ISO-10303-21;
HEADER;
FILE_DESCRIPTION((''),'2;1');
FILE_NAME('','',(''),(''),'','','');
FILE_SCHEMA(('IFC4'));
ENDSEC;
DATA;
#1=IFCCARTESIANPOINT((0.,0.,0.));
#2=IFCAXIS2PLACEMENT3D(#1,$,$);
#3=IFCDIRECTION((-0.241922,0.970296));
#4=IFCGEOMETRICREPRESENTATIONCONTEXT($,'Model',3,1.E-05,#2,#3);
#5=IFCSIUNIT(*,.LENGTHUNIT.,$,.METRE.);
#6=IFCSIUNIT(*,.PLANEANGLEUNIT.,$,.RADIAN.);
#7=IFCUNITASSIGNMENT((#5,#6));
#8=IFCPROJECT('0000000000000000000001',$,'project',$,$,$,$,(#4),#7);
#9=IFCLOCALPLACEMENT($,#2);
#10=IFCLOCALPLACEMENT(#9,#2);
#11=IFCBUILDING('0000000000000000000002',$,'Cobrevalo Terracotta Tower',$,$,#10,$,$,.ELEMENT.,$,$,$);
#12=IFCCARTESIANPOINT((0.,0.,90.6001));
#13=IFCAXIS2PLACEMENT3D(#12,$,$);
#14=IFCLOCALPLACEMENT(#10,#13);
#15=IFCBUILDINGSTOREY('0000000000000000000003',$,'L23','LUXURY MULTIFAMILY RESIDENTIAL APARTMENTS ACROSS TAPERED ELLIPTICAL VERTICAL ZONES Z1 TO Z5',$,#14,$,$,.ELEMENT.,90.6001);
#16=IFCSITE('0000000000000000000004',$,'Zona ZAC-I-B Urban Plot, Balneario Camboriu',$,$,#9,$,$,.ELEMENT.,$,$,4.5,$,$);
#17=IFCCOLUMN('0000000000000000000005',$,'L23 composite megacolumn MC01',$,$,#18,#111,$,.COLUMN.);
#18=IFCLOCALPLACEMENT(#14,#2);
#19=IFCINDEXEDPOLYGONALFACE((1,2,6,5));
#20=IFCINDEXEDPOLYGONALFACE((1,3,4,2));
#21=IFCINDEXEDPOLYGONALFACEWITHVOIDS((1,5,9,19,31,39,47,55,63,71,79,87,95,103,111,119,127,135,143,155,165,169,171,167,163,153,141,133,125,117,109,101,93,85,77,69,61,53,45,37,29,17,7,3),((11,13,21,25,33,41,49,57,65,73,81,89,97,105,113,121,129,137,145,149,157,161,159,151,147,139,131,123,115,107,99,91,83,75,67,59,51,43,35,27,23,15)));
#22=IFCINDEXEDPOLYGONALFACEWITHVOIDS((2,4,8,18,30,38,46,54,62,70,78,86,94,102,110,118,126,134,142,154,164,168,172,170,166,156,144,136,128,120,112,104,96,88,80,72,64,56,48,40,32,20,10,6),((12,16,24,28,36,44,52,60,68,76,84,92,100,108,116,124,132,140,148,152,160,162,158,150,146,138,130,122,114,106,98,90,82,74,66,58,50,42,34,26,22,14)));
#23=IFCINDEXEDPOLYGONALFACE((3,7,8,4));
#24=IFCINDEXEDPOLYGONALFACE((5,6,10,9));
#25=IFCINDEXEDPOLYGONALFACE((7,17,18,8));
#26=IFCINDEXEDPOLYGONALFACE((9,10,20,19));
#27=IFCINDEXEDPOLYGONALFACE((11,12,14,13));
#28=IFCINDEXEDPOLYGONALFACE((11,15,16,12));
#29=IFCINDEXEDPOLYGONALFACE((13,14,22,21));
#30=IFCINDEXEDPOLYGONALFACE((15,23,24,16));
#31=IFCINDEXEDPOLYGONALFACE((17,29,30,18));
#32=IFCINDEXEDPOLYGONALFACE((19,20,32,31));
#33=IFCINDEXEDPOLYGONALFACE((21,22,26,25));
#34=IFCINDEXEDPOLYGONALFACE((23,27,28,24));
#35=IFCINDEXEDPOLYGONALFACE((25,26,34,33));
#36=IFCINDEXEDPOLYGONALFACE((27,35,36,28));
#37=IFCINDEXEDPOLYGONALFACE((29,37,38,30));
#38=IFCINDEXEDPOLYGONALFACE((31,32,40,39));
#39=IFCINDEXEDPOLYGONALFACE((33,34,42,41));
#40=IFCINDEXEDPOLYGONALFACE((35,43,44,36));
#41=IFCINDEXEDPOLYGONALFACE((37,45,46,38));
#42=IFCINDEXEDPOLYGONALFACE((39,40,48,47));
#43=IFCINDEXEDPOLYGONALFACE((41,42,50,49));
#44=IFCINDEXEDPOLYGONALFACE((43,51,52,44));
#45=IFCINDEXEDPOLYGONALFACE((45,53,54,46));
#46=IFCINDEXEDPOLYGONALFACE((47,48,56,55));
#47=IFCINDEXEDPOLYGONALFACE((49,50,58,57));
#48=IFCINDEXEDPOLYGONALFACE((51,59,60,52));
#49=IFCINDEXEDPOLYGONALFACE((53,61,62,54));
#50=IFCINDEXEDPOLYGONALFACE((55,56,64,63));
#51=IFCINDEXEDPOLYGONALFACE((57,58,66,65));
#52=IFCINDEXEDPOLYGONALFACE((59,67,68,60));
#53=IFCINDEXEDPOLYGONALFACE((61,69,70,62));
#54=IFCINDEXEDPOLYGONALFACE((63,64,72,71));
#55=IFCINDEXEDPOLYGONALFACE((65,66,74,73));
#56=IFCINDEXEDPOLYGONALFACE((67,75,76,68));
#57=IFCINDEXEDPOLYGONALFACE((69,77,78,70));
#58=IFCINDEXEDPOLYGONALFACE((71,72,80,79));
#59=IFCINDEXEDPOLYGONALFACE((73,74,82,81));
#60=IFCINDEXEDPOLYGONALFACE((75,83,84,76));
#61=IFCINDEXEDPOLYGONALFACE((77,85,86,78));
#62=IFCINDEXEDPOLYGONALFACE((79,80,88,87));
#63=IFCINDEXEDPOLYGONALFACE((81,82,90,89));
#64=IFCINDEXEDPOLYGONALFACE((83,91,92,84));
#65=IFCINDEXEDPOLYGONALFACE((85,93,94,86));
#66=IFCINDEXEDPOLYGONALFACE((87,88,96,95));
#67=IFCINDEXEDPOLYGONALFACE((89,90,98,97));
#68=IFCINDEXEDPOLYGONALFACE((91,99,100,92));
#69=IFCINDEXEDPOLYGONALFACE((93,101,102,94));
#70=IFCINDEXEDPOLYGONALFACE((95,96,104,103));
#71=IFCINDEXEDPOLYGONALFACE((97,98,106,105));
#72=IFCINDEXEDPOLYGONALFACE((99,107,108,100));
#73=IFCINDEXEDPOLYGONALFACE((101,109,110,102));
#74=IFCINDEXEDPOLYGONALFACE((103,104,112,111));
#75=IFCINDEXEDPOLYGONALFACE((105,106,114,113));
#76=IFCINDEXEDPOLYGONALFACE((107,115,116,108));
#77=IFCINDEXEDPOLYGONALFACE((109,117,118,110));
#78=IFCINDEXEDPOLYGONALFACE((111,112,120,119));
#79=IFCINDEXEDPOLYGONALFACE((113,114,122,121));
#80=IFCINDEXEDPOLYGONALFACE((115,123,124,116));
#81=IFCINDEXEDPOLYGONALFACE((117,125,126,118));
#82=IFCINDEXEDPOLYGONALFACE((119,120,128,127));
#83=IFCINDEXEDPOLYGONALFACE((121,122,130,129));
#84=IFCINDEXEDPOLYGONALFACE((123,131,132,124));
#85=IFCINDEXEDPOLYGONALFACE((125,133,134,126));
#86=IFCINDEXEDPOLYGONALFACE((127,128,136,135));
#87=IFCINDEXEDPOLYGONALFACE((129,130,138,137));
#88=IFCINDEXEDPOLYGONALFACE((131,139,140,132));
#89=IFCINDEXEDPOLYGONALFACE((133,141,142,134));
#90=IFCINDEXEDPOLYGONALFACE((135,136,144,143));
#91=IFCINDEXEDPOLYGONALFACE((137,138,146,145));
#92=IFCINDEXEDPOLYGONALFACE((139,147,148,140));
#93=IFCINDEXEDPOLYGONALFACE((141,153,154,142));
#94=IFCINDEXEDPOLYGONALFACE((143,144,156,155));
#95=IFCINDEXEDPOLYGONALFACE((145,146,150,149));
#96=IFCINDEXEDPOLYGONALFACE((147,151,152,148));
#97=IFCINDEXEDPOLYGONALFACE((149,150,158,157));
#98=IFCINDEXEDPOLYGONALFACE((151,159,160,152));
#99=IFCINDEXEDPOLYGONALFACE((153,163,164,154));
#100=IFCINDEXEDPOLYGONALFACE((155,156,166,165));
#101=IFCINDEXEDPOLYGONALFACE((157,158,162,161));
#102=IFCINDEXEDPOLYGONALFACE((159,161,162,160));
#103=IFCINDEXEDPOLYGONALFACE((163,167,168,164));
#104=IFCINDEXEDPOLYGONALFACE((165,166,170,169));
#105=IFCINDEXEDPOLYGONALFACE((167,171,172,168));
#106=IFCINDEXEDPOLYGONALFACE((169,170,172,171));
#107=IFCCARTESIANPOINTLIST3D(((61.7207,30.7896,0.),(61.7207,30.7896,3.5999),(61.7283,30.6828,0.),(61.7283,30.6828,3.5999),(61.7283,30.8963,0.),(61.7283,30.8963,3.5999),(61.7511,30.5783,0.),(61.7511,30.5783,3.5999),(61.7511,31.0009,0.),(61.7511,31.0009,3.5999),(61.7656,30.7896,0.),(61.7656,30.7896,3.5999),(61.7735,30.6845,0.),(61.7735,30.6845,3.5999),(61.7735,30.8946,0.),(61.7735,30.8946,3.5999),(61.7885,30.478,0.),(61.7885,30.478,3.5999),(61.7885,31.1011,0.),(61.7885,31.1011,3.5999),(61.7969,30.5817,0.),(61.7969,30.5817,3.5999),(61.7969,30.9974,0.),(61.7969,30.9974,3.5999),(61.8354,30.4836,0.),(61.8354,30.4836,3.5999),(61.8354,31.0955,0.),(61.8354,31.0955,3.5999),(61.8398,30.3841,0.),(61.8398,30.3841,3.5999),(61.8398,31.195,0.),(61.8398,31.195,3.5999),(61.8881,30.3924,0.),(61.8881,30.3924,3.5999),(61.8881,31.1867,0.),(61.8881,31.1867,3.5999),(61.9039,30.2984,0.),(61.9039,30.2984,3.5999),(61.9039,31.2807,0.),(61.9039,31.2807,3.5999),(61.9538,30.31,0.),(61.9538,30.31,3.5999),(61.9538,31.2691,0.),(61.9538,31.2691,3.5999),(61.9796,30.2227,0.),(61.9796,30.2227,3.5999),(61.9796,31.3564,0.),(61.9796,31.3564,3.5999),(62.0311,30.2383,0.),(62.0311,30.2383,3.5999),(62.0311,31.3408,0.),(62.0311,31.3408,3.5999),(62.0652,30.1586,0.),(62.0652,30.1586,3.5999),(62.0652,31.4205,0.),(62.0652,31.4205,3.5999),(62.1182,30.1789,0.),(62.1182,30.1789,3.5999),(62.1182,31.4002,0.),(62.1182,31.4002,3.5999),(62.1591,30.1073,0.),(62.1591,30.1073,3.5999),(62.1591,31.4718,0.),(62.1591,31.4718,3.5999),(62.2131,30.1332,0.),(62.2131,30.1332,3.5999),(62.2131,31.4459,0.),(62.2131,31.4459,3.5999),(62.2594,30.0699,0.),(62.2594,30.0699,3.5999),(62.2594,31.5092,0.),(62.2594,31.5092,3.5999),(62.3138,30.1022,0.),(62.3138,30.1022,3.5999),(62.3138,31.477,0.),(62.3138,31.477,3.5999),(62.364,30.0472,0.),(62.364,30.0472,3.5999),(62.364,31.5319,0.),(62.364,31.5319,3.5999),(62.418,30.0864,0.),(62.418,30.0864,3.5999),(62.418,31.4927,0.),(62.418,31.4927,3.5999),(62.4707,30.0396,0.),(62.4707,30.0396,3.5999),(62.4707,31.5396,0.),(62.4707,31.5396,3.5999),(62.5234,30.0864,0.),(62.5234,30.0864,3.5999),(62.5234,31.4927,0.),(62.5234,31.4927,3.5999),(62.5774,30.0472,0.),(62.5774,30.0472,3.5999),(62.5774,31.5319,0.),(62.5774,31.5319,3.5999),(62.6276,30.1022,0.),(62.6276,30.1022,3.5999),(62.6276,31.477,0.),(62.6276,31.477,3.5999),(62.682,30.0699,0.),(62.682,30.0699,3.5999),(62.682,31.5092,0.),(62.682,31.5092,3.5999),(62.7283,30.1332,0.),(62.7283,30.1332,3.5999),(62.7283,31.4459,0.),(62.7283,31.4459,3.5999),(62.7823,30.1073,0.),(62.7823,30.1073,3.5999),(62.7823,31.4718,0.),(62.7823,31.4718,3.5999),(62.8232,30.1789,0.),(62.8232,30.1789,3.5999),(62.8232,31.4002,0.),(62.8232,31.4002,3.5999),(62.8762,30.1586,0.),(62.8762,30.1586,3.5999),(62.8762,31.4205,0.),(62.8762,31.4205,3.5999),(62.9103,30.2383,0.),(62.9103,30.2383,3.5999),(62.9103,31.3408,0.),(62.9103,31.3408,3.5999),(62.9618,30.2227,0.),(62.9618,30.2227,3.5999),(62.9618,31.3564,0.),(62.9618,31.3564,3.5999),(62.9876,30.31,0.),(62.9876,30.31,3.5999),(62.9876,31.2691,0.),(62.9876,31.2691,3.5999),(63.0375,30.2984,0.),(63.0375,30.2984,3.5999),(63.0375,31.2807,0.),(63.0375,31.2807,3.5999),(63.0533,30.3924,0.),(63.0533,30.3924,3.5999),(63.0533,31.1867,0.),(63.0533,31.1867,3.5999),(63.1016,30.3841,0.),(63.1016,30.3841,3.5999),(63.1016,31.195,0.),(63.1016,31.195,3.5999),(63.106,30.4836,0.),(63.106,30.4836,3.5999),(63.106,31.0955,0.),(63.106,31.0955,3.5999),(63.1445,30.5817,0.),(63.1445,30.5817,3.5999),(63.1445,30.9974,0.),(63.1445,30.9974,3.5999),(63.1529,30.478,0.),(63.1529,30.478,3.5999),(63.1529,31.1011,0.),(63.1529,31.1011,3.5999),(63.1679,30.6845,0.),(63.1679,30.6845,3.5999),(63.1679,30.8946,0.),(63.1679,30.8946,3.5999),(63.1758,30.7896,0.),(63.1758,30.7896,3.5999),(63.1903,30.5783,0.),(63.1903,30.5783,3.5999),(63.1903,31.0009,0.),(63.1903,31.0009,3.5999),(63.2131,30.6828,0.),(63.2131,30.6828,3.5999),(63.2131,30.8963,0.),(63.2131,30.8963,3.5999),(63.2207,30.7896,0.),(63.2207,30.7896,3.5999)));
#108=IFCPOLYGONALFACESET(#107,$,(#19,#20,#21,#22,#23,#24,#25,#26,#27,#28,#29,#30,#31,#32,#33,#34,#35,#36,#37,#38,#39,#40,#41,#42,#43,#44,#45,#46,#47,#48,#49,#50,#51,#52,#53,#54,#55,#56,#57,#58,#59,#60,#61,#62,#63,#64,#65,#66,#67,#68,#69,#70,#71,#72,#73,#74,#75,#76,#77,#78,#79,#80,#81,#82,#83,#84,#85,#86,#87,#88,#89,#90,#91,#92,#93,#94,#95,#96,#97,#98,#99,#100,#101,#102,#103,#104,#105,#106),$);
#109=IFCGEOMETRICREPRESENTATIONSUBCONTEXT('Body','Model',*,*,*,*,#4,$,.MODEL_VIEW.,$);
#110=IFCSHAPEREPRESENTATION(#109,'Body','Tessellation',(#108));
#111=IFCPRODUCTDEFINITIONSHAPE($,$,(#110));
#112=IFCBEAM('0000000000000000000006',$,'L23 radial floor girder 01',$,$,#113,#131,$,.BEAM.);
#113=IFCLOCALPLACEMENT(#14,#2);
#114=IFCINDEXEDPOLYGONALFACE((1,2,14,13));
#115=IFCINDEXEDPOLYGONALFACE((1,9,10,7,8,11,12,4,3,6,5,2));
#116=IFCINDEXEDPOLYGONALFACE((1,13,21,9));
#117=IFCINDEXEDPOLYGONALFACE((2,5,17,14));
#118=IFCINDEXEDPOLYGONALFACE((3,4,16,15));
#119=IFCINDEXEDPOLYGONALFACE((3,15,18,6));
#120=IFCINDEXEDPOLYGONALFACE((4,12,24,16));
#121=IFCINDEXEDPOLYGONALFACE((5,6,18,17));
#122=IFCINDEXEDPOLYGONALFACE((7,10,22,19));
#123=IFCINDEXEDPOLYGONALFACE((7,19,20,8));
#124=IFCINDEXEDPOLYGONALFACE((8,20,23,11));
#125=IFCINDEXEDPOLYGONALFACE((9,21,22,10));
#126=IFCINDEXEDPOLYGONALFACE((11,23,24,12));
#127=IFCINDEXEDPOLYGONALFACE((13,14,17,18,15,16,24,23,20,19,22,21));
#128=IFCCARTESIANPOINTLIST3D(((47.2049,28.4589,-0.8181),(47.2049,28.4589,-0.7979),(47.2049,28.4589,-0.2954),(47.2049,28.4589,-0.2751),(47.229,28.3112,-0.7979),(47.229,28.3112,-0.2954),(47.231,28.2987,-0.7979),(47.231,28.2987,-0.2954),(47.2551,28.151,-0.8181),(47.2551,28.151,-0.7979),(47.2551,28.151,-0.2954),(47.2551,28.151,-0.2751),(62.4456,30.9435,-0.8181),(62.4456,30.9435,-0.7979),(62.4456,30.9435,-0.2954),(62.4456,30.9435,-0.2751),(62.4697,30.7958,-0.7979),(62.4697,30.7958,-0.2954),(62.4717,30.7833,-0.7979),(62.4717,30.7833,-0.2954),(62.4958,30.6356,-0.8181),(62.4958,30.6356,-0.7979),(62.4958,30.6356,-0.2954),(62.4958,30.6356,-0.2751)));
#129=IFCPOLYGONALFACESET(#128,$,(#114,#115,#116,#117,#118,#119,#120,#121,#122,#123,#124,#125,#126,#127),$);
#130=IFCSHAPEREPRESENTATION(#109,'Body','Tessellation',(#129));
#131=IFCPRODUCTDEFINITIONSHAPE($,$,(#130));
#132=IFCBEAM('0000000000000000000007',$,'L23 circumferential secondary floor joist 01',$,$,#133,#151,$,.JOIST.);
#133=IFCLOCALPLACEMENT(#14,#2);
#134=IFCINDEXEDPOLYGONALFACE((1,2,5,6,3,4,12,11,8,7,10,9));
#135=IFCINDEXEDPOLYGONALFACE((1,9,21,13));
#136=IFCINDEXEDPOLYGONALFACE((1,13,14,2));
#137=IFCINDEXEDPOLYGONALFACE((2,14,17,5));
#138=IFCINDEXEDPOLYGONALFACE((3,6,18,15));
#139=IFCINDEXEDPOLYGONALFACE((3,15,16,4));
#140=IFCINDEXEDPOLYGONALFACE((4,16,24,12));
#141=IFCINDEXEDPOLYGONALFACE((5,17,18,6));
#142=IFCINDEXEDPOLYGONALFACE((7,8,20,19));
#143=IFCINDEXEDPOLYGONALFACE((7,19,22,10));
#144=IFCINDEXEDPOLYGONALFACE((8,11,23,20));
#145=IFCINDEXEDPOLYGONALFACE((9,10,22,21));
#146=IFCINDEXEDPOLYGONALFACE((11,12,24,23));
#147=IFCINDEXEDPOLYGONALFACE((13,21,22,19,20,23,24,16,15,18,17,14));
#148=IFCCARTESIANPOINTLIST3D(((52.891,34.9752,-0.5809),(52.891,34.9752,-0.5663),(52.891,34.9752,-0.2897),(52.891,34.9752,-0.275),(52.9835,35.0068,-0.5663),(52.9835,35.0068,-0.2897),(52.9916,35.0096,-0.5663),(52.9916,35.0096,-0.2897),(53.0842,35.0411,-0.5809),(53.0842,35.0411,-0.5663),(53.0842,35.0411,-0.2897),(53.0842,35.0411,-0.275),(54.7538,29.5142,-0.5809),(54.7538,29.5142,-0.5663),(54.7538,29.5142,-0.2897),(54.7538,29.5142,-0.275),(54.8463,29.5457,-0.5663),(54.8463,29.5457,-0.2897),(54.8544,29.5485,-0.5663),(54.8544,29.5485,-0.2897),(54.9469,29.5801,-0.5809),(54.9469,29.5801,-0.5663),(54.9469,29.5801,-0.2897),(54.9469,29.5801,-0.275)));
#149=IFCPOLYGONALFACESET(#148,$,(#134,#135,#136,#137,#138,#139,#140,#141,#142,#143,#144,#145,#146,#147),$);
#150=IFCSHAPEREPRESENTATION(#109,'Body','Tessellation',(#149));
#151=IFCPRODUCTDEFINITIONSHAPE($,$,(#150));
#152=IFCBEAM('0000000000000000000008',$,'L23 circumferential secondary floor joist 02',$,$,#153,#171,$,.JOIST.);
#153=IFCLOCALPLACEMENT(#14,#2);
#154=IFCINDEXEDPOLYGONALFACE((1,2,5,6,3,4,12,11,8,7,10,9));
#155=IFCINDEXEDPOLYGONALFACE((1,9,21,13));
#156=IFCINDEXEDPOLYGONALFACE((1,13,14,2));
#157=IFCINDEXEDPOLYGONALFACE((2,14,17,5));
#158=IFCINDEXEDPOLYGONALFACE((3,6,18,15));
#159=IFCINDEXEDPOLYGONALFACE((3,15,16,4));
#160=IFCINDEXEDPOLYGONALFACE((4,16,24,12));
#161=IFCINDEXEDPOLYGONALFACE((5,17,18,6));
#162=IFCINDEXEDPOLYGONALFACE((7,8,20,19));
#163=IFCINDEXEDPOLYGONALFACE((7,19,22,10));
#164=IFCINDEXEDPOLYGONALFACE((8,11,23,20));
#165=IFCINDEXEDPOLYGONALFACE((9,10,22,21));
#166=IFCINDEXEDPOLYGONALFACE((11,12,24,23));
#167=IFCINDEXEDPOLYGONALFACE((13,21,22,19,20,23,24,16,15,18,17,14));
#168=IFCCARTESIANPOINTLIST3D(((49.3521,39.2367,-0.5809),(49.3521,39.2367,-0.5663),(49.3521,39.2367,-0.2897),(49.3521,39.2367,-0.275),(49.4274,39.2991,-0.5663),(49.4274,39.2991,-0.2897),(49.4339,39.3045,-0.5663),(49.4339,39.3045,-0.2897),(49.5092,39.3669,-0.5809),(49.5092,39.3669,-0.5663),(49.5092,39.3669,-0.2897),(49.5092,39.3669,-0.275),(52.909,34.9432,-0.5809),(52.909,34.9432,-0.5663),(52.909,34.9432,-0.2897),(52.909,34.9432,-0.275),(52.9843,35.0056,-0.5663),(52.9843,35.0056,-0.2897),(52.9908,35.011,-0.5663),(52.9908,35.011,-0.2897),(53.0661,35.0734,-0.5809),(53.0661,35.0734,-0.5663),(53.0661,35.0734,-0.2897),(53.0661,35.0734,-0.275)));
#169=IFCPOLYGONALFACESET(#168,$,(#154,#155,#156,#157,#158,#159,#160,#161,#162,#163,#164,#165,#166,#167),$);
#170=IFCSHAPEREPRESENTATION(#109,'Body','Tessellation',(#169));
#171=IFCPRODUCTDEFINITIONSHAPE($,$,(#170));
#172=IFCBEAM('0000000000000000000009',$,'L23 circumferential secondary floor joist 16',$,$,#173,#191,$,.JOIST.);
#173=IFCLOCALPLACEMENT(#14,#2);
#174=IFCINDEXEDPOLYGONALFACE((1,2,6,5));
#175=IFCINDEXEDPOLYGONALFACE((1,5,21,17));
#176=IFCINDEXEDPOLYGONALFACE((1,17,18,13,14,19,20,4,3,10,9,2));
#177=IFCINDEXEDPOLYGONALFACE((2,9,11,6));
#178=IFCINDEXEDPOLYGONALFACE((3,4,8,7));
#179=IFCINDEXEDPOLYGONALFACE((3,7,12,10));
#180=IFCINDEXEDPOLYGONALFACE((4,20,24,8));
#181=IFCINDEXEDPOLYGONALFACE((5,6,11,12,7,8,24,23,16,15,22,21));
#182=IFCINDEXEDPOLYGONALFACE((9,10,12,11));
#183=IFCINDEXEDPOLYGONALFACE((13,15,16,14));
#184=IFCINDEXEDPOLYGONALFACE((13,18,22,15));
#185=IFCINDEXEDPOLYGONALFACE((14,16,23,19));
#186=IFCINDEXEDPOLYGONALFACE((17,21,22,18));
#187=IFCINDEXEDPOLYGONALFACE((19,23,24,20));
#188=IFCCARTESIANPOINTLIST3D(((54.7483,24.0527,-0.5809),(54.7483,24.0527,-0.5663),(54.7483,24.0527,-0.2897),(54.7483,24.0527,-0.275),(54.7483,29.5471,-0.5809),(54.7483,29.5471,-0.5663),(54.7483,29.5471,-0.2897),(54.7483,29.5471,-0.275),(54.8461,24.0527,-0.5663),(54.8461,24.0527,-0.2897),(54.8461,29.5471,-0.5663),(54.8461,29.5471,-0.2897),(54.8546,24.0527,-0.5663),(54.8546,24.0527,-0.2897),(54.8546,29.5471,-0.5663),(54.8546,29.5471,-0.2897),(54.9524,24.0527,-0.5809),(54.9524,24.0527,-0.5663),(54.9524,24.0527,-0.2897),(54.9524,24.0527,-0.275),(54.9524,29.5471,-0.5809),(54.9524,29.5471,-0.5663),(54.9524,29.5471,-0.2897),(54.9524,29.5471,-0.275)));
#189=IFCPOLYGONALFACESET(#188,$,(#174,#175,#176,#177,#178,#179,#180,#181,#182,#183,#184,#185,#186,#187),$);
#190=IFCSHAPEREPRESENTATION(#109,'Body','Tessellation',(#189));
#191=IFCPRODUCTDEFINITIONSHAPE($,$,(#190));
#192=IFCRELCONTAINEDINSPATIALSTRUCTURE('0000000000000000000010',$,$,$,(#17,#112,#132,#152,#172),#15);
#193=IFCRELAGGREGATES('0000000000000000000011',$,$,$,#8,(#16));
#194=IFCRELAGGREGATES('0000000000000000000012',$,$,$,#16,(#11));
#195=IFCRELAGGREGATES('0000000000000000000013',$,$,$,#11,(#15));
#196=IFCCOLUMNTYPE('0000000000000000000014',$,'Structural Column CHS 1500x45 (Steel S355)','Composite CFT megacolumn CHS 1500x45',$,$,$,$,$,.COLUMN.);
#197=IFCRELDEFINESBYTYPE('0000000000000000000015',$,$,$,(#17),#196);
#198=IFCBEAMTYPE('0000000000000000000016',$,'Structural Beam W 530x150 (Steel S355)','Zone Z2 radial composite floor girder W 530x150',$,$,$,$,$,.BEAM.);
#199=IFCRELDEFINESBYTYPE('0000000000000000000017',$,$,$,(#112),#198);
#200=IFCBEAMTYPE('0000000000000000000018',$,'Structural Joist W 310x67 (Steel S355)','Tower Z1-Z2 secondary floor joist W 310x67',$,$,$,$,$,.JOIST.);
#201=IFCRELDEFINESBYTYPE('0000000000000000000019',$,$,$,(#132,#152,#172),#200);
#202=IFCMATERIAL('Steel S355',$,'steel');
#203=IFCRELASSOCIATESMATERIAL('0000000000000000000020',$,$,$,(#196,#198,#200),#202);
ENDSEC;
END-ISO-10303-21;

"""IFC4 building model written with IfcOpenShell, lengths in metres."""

from ifc_helpers import new_model, si_unit, direction, frame, origin, origin_2d, place, context, subcontext, project, spatial, hollow_circle, i_section, extrude, material, material_profile, profile_set, type_object, element, save


model = new_model("IFC4")

# Units and contexts
model_context = context("Model", 3, precision=1e-05, world=origin(), true_north=direction((-0.241922, 0.970296)))
body_context = subcontext(model_context, "Body", "Model", "MODEL_VIEW")
ifc_project = project(units=[si_unit("LENGTHUNIT", "METRE"), si_unit("PLANEANGLEUNIT", "RADIAN")], contexts=[model_context])

# Site, building, storey
site_placement = place(None, origin())
site = spatial("IfcSite", under=ifc_project, at=site_placement, Name="Zona ZAC-I-B Urban Plot, Balneario Camboriu", CompositionType="ELEMENT", RefElevation=4.5)
building_placement = place(site_placement, origin())
building = spatial("IfcBuilding", under=site, at=building_placement, Name="Cobrevalo Terracotta Tower", CompositionType="ELEMENT")
storey_placement = place(building_placement, frame((0.0, 0.0, 90.6001)))
storey = spatial("IfcBuildingStorey", under=building, at=storey_placement, Name="L23", Description="LUXURY MULTIFAMILY RESIDENTIAL APARTMENTS ACROSS TAPERED ELLIPTICAL VERTICAL ZONES Z1 TO Z5", CompositionType="ELEMENT", Elevation=90.6001)

# Column
ifc_material_1 = material(Name="Steel S355", Category="steel")
ifc_material_profile_1 = material_profile(ifc_material_1, hollow_circle(Radius=0.75, WallThickness=0.0449, at=origin_2d()), Name="CHS 1500x45")
ifc_profile_set_1 = profile_set([ifc_material_profile_1], Name="Steel S355")
column_type = type_object("IfcColumnType", Name="Structural Column CHS 1500x45 (Steel S355)", Description="Composite CFT megacolumn CHS 1500x45", PredefinedType="COLUMN", material=ifc_profile_set_1)
column_placement = place(storey_placement, frame((62.4707, 30.7896, 0.0), z_axis=(0.0, 0.0, 1.0), x_axis=(1.0, 0.0, 0.0)))
element("IfcColumn", 1, at=column_placement, inside=storey, type_object=column_type, Name="L23 composite megacolumn MC01", PredefinedType="COLUMN", context=body_context, shape_type="SweptSolid", body=[
    extrude(hollow_circle(Radius=0.75, WallThickness=0.0449, at=origin_2d()), origin(), (0.0, 0.0, 1.0), 3.5999),
])

# Beams
ifc_material_profile_2 = material_profile(ifc_material_1, i_section(OverallWidth=0.312, OverallDepth=0.543, WebThickness=0.0127, FlangeThickness=0.0203, at=origin_2d()), Name="W 530x150")
ifc_profile_set_2 = profile_set([ifc_material_profile_2], Name="Steel S355")
beam_type_1 = type_object("IfcBeamType", Name="Structural Beam W 530x150 (Steel S355)", Description="Zone Z2 radial composite floor girder W 530x150", PredefinedType="BEAM", material=ifc_profile_set_2)
beam_1_placement = place(storey_placement, frame((62.4707, 30.7896, -0.5466), z_axis=(-0.986971, -0.160901, 0.0), x_axis=(0.160901, -0.986971, 0.0)))
element("IfcBeam", 2, at=beam_1_placement, inside=storey, type_object=beam_type_1, Name="L23 radial floor girder 01", PredefinedType="BEAM", context=body_context, shape_type="SweptSolid", body=[
    extrude(i_section(OverallWidth=0.312, OverallDepth=0.543, WebThickness=0.0127, FlangeThickness=0.0203, at=origin_2d()), origin(), (0.0, 0.0, 1.0), 15.4419),
])
ifc_material_profile_3 = material_profile(ifc_material_1, i_section(OverallWidth=0.2041, OverallDepth=0.3059, WebThickness=0.0085, FlangeThickness=0.0146, at=origin_2d()), Name="W 310x67")
ifc_profile_set_3 = profile_set([ifc_material_profile_3], Name="Steel S355")
beam_type_2 = type_object("IfcBeamType", Name="Structural Joist W 310x67 (Steel S355)", Description="Tower Z1-Z2 secondary floor joist W 310x67", PredefinedType="JOIST", material=ifc_profile_set_3)
beam_2_placement = place(storey_placement, frame((54.8503, 29.5471, -0.428), z_axis=(-0.322833, 0.946456, 0.0), x_axis=(-0.946456, -0.322833, 0.0)))
element("IfcBeam", 3, at=beam_2_placement, inside=storey, type_object=beam_type_2, Name="L23 circumferential secondary floor joist 01", PredefinedType="JOIST", context=body_context, shape_type="SweptSolid", body=[
    extrude(i_section(OverallWidth=0.2041, OverallDepth=0.3059, WebThickness=0.0085, FlangeThickness=0.0146, at=origin_2d()), origin(), (0.0, 0.0, 1.0), 5.77),
])
beam_3_placement = place(storey_placement, frame((52.9875, 35.0083, -0.428), z_axis=(-0.637959, 0.77007, 0.0), x_axis=(-0.77007, -0.637959, 0.0)))
element("IfcBeam", 4, at=beam_3_placement, inside=storey, type_object=beam_type_2, Name="L23 circumferential secondary floor joist 02", PredefinedType="JOIST", context=body_context, shape_type="SweptSolid", body=[
    extrude(i_section(OverallWidth=0.2041, OverallDepth=0.3059, WebThickness=0.0085, FlangeThickness=0.0146, at=origin_2d()), origin(), (0.0, 0.0, 1.0), 5.5754),
])
beam_4_placement = place(storey_placement, frame((54.8503, 24.0527, -0.428), z_axis=(0.0, 1.0, 0.0), x_axis=(-1.0, 0.0, 0.0)))
element("IfcBeam", 5, at=beam_4_placement, inside=storey, type_object=beam_type_2, Name="L23 circumferential secondary floor joist 16", PredefinedType="JOIST", context=body_context, shape_type="SweptSolid", body=[
    extrude(i_section(OverallWidth=0.2041, OverallDepth=0.3059, WebThickness=0.0085, FlangeThickness=0.0146, at=origin_2d()), origin(), (0.0, 0.0, 1.0), 5.4944),
])

save(model, "model.ifc")
